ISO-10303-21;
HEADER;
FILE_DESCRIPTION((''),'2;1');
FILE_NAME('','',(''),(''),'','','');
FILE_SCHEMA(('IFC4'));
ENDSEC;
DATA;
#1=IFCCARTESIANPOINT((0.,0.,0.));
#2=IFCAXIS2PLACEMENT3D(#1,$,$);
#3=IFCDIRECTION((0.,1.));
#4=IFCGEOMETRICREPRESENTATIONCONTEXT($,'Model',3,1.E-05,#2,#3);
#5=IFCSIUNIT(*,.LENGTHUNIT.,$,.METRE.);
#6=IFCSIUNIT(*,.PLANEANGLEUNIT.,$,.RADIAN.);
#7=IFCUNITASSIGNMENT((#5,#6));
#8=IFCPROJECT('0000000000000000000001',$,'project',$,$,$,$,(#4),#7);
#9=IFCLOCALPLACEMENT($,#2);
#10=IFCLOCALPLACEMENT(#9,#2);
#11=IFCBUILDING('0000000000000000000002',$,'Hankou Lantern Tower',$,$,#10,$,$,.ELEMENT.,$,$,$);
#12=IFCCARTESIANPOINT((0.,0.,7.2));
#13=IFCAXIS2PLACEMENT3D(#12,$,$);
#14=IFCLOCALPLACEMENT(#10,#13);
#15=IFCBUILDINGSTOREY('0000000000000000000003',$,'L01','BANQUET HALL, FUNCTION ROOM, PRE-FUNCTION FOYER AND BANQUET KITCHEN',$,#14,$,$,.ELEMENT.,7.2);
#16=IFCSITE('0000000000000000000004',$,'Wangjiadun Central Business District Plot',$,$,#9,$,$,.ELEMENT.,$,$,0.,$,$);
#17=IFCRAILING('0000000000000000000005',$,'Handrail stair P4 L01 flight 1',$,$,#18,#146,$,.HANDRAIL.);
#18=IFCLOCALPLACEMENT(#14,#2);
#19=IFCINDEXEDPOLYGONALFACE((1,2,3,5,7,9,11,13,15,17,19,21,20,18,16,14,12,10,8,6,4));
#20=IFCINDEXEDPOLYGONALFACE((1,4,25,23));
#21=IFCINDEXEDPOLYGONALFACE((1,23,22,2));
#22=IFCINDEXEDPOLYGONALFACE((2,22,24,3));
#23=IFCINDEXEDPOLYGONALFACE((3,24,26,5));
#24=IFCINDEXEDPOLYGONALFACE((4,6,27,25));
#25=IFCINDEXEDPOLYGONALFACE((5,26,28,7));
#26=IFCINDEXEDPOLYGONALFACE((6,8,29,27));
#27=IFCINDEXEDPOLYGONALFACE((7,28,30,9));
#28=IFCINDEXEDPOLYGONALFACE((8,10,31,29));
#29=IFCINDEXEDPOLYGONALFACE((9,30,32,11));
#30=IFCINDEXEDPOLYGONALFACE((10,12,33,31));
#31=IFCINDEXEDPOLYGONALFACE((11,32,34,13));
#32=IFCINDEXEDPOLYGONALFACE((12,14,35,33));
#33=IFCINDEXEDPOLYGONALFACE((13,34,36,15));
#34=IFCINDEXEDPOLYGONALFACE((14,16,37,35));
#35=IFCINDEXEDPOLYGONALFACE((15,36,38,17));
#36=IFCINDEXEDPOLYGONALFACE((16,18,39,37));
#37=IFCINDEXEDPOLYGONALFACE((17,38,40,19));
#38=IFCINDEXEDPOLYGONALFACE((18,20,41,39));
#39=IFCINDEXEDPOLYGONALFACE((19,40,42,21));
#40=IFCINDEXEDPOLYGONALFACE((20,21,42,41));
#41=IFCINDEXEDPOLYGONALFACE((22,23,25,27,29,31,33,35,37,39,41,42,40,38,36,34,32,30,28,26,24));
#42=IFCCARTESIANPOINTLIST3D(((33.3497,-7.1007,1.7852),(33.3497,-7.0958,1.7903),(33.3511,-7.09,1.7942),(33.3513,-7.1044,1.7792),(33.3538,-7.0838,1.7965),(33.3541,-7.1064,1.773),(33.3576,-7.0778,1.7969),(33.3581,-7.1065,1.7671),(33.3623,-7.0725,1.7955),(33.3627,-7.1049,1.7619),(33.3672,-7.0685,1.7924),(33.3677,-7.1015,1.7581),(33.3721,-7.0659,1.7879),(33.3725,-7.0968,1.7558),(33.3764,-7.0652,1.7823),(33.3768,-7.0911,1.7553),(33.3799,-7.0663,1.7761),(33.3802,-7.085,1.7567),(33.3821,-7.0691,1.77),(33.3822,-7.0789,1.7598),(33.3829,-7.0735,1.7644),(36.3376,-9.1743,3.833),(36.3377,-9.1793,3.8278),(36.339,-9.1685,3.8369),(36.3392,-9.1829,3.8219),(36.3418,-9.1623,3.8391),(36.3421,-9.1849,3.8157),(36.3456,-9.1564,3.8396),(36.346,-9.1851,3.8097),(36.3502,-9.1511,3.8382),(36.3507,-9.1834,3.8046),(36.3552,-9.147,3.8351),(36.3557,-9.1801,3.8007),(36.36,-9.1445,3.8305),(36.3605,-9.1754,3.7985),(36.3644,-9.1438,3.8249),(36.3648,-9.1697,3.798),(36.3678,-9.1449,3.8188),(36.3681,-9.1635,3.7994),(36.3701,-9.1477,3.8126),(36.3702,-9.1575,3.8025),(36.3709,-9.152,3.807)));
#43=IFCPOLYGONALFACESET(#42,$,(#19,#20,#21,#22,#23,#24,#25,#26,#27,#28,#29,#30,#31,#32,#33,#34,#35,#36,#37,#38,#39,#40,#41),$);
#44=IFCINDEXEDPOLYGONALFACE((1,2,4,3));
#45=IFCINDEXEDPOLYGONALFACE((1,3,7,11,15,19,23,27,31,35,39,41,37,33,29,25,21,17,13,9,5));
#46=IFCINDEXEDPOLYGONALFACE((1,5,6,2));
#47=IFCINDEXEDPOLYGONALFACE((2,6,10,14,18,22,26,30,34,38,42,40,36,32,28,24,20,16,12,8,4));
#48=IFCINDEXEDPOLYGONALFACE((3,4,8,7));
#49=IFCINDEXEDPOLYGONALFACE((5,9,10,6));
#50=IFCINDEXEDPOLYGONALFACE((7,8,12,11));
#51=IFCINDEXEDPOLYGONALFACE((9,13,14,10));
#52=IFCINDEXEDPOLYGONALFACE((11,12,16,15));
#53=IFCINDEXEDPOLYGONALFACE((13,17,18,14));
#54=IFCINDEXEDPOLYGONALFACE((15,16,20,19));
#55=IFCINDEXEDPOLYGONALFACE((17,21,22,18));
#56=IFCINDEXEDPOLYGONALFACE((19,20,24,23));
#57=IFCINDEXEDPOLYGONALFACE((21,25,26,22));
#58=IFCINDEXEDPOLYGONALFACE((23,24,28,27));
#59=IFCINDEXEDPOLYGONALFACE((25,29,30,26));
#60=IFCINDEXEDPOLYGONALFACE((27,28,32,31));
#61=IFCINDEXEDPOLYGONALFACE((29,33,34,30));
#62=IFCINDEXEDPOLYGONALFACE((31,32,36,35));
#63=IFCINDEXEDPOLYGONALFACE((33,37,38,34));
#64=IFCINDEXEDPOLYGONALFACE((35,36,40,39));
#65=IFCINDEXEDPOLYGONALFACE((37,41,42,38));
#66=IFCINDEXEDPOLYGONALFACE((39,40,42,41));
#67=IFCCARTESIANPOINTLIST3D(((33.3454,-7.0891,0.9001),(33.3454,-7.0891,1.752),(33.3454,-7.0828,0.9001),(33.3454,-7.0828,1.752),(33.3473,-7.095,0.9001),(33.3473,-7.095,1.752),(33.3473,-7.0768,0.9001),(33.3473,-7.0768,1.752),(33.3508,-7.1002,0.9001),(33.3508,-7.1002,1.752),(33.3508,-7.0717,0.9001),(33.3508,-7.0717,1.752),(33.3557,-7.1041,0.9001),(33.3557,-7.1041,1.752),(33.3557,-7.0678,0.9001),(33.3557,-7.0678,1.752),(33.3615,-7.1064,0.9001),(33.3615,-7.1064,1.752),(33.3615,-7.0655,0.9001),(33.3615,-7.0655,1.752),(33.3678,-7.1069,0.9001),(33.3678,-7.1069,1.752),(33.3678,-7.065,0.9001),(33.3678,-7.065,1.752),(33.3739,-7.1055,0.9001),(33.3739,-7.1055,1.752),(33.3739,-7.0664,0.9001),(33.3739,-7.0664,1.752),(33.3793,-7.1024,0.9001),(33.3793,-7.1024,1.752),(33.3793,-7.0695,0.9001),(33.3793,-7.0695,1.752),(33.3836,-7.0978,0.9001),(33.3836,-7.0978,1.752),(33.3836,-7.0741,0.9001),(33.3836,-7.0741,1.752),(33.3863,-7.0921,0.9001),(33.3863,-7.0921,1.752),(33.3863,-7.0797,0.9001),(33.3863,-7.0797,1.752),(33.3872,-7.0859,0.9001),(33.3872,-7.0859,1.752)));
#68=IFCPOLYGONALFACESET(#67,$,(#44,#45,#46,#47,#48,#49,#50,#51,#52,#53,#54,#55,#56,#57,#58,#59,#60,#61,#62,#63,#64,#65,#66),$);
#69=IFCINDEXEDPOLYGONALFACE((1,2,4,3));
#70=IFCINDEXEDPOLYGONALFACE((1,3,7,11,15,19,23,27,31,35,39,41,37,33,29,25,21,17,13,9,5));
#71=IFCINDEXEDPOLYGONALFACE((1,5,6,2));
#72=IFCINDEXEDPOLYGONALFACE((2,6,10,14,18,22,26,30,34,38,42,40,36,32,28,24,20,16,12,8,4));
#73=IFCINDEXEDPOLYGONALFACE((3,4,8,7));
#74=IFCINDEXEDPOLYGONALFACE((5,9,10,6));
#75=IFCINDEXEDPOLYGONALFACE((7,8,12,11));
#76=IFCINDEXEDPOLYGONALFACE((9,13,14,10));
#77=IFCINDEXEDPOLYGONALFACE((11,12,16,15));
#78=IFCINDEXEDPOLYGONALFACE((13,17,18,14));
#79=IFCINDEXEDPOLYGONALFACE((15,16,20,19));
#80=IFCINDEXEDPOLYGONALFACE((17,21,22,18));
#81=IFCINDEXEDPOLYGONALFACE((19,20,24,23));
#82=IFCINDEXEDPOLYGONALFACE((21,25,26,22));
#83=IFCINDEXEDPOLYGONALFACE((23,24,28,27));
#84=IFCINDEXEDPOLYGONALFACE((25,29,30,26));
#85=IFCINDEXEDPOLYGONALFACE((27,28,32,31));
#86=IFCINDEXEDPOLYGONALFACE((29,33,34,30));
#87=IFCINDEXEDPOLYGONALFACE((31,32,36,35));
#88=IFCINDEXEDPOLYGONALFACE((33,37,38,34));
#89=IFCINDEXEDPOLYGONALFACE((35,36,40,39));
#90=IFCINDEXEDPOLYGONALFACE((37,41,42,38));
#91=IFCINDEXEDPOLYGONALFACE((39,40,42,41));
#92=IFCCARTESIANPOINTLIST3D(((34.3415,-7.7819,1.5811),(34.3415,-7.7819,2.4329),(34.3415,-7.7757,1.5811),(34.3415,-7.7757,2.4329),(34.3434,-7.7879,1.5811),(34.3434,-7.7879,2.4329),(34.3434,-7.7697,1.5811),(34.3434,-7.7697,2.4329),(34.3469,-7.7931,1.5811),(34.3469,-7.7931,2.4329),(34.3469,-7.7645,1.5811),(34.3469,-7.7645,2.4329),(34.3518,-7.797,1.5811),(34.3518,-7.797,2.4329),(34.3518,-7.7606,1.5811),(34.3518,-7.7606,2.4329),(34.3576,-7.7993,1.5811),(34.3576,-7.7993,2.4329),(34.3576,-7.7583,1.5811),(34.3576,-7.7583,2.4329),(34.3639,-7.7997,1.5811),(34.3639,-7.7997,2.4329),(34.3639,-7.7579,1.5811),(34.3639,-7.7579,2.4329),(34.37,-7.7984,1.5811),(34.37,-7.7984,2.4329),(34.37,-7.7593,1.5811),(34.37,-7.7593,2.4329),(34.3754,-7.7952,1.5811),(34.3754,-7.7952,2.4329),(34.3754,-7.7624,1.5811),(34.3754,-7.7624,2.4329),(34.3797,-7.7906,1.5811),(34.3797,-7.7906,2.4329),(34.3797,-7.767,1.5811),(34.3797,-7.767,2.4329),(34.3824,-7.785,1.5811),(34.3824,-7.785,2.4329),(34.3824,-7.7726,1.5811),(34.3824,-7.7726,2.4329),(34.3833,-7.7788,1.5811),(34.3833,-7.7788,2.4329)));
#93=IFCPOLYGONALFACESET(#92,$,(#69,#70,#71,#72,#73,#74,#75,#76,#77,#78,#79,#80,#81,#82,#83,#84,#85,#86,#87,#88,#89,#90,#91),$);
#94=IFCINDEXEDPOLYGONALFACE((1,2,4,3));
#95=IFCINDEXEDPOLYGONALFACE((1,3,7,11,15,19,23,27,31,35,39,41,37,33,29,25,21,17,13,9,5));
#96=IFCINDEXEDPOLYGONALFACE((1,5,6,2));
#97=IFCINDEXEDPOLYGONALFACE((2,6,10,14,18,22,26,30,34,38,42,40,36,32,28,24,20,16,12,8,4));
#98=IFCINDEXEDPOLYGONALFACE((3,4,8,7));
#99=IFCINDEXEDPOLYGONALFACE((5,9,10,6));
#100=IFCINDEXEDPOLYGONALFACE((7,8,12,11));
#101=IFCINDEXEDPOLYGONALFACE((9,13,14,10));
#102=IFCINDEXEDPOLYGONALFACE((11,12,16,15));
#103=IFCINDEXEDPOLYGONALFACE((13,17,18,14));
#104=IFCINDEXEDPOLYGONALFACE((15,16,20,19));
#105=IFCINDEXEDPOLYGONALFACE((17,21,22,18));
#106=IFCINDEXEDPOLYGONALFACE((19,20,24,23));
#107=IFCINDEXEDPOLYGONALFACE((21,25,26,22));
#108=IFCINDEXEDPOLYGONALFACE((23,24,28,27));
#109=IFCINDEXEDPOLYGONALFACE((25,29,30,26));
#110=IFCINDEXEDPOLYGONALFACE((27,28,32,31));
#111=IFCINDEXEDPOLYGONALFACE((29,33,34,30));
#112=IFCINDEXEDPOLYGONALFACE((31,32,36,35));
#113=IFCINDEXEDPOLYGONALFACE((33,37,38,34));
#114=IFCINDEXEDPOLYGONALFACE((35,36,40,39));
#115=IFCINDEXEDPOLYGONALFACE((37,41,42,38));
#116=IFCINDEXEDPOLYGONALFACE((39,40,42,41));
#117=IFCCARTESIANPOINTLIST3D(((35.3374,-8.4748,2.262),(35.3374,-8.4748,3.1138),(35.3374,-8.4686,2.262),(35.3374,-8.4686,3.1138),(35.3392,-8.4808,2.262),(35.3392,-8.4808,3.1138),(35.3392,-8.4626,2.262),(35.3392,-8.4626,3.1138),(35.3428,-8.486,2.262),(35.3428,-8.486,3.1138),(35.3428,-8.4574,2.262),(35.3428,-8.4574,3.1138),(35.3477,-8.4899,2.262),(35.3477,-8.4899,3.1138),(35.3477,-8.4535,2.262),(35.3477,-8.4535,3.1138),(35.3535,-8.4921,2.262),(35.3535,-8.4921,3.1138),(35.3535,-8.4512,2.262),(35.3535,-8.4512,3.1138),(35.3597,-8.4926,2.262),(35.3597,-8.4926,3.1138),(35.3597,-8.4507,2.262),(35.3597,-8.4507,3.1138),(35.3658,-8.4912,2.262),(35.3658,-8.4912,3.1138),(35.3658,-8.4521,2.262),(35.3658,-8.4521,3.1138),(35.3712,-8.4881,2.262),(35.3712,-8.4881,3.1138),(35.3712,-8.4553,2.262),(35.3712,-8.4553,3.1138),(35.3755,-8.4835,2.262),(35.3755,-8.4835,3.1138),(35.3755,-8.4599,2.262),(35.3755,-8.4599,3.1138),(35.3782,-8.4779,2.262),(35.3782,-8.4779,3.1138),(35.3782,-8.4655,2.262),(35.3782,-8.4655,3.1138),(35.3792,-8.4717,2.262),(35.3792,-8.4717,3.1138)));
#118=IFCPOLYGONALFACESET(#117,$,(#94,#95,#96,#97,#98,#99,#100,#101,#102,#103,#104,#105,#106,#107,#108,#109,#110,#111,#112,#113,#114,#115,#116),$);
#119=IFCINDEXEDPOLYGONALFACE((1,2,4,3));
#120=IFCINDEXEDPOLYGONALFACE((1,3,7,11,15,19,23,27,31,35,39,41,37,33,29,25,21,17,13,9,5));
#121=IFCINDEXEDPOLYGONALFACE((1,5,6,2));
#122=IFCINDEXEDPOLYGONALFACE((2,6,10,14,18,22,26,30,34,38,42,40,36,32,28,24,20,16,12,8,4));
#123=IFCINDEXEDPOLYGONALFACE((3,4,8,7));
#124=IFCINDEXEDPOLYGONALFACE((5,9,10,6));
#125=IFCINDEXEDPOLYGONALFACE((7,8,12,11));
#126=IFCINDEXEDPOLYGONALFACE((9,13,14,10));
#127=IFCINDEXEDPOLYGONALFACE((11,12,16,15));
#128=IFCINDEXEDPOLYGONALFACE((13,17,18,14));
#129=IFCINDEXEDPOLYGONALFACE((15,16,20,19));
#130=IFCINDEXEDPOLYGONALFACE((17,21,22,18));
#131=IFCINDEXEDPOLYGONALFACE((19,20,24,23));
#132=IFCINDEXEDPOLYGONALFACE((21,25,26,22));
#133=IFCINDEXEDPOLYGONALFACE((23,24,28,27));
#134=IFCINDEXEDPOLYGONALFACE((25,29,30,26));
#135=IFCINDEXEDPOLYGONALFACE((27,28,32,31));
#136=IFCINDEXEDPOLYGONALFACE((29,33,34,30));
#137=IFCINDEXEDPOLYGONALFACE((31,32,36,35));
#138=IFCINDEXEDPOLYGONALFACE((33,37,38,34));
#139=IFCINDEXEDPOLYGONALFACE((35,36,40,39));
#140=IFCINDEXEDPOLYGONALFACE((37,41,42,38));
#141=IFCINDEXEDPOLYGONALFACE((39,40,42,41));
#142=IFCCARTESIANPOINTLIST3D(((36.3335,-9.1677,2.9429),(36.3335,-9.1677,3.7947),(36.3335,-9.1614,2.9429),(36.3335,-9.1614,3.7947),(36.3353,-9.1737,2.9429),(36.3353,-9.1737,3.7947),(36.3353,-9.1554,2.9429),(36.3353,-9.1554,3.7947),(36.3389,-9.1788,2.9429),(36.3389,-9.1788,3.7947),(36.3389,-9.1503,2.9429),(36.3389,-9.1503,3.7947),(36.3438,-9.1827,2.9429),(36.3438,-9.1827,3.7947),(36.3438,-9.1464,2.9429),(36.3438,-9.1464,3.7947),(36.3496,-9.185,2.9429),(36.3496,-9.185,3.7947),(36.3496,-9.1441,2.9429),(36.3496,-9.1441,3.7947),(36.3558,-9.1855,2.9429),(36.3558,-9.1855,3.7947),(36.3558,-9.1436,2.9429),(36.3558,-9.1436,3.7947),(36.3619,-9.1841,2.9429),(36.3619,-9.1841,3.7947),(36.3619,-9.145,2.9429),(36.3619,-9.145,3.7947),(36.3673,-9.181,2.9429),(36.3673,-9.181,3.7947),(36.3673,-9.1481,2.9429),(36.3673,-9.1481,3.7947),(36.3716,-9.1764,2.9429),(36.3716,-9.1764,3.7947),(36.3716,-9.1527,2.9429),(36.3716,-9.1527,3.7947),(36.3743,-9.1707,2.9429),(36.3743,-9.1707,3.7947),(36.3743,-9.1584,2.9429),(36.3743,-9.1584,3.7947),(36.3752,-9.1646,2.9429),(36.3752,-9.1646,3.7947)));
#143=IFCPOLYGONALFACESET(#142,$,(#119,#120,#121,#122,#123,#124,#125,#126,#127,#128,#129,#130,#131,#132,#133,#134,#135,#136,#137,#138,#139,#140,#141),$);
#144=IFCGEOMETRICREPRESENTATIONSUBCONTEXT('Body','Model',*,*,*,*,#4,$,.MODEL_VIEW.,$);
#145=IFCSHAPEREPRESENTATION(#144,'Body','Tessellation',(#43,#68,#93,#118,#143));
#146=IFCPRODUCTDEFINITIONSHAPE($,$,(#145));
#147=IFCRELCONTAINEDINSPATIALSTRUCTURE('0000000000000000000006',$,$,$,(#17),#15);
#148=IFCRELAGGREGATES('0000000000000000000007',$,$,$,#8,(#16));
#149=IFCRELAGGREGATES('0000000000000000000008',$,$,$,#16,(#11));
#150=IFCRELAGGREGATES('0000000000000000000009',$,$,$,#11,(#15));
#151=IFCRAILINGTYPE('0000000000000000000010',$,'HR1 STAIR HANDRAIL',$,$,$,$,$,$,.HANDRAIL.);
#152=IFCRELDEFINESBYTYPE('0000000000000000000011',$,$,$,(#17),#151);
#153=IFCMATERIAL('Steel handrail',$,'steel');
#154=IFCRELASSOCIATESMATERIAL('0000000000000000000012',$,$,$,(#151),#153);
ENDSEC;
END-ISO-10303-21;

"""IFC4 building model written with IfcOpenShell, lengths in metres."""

from ifc_helpers import new_model, si_unit, direction, frame, origin, origin_2d, place, context, subcontext, project, spatial, circle, extrude, material, type_object, element, save


model = new_model("IFC4")

# Units and contexts
model_context = context("Model", 3, precision=1e-05, world=origin(), true_north=direction((0.0, 1.0)))
body_context = subcontext(model_context, "Body", "Model", "MODEL_VIEW")
ifc_project = project(units=[si_unit("LENGTHUNIT", "METRE"), si_unit("PLANEANGLEUNIT", "RADIAN")], contexts=[model_context])

# Site, building, storey
site_placement = place(None, origin())
site = spatial("IfcSite", under=ifc_project, at=site_placement, Name="Wangjiadun Central Business District Plot", CompositionType="ELEMENT", RefElevation=0.0)
building_placement = place(site_placement, origin())
building = spatial("IfcBuilding", under=site, at=building_placement, Name="Hankou Lantern Tower", CompositionType="ELEMENT")
storey_placement = place(building_placement, frame((0.0, 0.0, 7.2)))
storey = spatial("IfcBuildingStorey", under=building, at=storey_placement, Name="L01", Description="BANQUET HALL, FUNCTION ROOM, PRE-FUNCTION FOYER AND BANQUET KITCHEN", CompositionType="ELEMENT", Elevation=7.2)

# Railing
ifc_material_1 = material(Name="Steel handrail", Category="steel")
railing_type = type_object("IfcRailingType", Name="HR1 STAIR HANDRAIL", PredefinedType="HANDRAIL", material=ifc_material_1)
railing_1_placement = place(storey_placement, frame((33.3662, -7.0859, 0.9001)))
element("IfcRailing", 1, at=railing_1_placement, inside=storey, type_object=railing_type, Name="Handrail stair P4 L01 flight 1", PredefinedType="HANDRAIL", context=body_context, shape_type="SweptSolid", body=[
    extrude(circle(Radius=0.0239, at=origin_2d()), frame((0.0, 0.0, 0.876), z_axis=(0.71588, -0.497999, 0.4894), x_axis=(0.571061, 0.820908, 0.0)), (0.0, 0.0, 1.0), 4.1738),
    extrude(circle(Radius=0.021, at=origin_2d()), origin(), (0.0, 0.0, 1.0), 0.8518),
    extrude(circle(Radius=0.021, at=origin_2d()), frame((0.9961, -0.6929, 0.6809)), (0.0, 0.0, 1.0), 0.8518),
    extrude(circle(Radius=0.021, at=origin_2d()), frame((1.9919, -1.3857, 1.3618)), (0.0, 0.0, 1.0), 0.8518),
    extrude(circle(Radius=0.021, at=origin_2d()), frame((2.988, -2.0786, 2.0427)), (0.0, 0.0, 1.0), 0.8518),
])

save(model, "model.ifc")
